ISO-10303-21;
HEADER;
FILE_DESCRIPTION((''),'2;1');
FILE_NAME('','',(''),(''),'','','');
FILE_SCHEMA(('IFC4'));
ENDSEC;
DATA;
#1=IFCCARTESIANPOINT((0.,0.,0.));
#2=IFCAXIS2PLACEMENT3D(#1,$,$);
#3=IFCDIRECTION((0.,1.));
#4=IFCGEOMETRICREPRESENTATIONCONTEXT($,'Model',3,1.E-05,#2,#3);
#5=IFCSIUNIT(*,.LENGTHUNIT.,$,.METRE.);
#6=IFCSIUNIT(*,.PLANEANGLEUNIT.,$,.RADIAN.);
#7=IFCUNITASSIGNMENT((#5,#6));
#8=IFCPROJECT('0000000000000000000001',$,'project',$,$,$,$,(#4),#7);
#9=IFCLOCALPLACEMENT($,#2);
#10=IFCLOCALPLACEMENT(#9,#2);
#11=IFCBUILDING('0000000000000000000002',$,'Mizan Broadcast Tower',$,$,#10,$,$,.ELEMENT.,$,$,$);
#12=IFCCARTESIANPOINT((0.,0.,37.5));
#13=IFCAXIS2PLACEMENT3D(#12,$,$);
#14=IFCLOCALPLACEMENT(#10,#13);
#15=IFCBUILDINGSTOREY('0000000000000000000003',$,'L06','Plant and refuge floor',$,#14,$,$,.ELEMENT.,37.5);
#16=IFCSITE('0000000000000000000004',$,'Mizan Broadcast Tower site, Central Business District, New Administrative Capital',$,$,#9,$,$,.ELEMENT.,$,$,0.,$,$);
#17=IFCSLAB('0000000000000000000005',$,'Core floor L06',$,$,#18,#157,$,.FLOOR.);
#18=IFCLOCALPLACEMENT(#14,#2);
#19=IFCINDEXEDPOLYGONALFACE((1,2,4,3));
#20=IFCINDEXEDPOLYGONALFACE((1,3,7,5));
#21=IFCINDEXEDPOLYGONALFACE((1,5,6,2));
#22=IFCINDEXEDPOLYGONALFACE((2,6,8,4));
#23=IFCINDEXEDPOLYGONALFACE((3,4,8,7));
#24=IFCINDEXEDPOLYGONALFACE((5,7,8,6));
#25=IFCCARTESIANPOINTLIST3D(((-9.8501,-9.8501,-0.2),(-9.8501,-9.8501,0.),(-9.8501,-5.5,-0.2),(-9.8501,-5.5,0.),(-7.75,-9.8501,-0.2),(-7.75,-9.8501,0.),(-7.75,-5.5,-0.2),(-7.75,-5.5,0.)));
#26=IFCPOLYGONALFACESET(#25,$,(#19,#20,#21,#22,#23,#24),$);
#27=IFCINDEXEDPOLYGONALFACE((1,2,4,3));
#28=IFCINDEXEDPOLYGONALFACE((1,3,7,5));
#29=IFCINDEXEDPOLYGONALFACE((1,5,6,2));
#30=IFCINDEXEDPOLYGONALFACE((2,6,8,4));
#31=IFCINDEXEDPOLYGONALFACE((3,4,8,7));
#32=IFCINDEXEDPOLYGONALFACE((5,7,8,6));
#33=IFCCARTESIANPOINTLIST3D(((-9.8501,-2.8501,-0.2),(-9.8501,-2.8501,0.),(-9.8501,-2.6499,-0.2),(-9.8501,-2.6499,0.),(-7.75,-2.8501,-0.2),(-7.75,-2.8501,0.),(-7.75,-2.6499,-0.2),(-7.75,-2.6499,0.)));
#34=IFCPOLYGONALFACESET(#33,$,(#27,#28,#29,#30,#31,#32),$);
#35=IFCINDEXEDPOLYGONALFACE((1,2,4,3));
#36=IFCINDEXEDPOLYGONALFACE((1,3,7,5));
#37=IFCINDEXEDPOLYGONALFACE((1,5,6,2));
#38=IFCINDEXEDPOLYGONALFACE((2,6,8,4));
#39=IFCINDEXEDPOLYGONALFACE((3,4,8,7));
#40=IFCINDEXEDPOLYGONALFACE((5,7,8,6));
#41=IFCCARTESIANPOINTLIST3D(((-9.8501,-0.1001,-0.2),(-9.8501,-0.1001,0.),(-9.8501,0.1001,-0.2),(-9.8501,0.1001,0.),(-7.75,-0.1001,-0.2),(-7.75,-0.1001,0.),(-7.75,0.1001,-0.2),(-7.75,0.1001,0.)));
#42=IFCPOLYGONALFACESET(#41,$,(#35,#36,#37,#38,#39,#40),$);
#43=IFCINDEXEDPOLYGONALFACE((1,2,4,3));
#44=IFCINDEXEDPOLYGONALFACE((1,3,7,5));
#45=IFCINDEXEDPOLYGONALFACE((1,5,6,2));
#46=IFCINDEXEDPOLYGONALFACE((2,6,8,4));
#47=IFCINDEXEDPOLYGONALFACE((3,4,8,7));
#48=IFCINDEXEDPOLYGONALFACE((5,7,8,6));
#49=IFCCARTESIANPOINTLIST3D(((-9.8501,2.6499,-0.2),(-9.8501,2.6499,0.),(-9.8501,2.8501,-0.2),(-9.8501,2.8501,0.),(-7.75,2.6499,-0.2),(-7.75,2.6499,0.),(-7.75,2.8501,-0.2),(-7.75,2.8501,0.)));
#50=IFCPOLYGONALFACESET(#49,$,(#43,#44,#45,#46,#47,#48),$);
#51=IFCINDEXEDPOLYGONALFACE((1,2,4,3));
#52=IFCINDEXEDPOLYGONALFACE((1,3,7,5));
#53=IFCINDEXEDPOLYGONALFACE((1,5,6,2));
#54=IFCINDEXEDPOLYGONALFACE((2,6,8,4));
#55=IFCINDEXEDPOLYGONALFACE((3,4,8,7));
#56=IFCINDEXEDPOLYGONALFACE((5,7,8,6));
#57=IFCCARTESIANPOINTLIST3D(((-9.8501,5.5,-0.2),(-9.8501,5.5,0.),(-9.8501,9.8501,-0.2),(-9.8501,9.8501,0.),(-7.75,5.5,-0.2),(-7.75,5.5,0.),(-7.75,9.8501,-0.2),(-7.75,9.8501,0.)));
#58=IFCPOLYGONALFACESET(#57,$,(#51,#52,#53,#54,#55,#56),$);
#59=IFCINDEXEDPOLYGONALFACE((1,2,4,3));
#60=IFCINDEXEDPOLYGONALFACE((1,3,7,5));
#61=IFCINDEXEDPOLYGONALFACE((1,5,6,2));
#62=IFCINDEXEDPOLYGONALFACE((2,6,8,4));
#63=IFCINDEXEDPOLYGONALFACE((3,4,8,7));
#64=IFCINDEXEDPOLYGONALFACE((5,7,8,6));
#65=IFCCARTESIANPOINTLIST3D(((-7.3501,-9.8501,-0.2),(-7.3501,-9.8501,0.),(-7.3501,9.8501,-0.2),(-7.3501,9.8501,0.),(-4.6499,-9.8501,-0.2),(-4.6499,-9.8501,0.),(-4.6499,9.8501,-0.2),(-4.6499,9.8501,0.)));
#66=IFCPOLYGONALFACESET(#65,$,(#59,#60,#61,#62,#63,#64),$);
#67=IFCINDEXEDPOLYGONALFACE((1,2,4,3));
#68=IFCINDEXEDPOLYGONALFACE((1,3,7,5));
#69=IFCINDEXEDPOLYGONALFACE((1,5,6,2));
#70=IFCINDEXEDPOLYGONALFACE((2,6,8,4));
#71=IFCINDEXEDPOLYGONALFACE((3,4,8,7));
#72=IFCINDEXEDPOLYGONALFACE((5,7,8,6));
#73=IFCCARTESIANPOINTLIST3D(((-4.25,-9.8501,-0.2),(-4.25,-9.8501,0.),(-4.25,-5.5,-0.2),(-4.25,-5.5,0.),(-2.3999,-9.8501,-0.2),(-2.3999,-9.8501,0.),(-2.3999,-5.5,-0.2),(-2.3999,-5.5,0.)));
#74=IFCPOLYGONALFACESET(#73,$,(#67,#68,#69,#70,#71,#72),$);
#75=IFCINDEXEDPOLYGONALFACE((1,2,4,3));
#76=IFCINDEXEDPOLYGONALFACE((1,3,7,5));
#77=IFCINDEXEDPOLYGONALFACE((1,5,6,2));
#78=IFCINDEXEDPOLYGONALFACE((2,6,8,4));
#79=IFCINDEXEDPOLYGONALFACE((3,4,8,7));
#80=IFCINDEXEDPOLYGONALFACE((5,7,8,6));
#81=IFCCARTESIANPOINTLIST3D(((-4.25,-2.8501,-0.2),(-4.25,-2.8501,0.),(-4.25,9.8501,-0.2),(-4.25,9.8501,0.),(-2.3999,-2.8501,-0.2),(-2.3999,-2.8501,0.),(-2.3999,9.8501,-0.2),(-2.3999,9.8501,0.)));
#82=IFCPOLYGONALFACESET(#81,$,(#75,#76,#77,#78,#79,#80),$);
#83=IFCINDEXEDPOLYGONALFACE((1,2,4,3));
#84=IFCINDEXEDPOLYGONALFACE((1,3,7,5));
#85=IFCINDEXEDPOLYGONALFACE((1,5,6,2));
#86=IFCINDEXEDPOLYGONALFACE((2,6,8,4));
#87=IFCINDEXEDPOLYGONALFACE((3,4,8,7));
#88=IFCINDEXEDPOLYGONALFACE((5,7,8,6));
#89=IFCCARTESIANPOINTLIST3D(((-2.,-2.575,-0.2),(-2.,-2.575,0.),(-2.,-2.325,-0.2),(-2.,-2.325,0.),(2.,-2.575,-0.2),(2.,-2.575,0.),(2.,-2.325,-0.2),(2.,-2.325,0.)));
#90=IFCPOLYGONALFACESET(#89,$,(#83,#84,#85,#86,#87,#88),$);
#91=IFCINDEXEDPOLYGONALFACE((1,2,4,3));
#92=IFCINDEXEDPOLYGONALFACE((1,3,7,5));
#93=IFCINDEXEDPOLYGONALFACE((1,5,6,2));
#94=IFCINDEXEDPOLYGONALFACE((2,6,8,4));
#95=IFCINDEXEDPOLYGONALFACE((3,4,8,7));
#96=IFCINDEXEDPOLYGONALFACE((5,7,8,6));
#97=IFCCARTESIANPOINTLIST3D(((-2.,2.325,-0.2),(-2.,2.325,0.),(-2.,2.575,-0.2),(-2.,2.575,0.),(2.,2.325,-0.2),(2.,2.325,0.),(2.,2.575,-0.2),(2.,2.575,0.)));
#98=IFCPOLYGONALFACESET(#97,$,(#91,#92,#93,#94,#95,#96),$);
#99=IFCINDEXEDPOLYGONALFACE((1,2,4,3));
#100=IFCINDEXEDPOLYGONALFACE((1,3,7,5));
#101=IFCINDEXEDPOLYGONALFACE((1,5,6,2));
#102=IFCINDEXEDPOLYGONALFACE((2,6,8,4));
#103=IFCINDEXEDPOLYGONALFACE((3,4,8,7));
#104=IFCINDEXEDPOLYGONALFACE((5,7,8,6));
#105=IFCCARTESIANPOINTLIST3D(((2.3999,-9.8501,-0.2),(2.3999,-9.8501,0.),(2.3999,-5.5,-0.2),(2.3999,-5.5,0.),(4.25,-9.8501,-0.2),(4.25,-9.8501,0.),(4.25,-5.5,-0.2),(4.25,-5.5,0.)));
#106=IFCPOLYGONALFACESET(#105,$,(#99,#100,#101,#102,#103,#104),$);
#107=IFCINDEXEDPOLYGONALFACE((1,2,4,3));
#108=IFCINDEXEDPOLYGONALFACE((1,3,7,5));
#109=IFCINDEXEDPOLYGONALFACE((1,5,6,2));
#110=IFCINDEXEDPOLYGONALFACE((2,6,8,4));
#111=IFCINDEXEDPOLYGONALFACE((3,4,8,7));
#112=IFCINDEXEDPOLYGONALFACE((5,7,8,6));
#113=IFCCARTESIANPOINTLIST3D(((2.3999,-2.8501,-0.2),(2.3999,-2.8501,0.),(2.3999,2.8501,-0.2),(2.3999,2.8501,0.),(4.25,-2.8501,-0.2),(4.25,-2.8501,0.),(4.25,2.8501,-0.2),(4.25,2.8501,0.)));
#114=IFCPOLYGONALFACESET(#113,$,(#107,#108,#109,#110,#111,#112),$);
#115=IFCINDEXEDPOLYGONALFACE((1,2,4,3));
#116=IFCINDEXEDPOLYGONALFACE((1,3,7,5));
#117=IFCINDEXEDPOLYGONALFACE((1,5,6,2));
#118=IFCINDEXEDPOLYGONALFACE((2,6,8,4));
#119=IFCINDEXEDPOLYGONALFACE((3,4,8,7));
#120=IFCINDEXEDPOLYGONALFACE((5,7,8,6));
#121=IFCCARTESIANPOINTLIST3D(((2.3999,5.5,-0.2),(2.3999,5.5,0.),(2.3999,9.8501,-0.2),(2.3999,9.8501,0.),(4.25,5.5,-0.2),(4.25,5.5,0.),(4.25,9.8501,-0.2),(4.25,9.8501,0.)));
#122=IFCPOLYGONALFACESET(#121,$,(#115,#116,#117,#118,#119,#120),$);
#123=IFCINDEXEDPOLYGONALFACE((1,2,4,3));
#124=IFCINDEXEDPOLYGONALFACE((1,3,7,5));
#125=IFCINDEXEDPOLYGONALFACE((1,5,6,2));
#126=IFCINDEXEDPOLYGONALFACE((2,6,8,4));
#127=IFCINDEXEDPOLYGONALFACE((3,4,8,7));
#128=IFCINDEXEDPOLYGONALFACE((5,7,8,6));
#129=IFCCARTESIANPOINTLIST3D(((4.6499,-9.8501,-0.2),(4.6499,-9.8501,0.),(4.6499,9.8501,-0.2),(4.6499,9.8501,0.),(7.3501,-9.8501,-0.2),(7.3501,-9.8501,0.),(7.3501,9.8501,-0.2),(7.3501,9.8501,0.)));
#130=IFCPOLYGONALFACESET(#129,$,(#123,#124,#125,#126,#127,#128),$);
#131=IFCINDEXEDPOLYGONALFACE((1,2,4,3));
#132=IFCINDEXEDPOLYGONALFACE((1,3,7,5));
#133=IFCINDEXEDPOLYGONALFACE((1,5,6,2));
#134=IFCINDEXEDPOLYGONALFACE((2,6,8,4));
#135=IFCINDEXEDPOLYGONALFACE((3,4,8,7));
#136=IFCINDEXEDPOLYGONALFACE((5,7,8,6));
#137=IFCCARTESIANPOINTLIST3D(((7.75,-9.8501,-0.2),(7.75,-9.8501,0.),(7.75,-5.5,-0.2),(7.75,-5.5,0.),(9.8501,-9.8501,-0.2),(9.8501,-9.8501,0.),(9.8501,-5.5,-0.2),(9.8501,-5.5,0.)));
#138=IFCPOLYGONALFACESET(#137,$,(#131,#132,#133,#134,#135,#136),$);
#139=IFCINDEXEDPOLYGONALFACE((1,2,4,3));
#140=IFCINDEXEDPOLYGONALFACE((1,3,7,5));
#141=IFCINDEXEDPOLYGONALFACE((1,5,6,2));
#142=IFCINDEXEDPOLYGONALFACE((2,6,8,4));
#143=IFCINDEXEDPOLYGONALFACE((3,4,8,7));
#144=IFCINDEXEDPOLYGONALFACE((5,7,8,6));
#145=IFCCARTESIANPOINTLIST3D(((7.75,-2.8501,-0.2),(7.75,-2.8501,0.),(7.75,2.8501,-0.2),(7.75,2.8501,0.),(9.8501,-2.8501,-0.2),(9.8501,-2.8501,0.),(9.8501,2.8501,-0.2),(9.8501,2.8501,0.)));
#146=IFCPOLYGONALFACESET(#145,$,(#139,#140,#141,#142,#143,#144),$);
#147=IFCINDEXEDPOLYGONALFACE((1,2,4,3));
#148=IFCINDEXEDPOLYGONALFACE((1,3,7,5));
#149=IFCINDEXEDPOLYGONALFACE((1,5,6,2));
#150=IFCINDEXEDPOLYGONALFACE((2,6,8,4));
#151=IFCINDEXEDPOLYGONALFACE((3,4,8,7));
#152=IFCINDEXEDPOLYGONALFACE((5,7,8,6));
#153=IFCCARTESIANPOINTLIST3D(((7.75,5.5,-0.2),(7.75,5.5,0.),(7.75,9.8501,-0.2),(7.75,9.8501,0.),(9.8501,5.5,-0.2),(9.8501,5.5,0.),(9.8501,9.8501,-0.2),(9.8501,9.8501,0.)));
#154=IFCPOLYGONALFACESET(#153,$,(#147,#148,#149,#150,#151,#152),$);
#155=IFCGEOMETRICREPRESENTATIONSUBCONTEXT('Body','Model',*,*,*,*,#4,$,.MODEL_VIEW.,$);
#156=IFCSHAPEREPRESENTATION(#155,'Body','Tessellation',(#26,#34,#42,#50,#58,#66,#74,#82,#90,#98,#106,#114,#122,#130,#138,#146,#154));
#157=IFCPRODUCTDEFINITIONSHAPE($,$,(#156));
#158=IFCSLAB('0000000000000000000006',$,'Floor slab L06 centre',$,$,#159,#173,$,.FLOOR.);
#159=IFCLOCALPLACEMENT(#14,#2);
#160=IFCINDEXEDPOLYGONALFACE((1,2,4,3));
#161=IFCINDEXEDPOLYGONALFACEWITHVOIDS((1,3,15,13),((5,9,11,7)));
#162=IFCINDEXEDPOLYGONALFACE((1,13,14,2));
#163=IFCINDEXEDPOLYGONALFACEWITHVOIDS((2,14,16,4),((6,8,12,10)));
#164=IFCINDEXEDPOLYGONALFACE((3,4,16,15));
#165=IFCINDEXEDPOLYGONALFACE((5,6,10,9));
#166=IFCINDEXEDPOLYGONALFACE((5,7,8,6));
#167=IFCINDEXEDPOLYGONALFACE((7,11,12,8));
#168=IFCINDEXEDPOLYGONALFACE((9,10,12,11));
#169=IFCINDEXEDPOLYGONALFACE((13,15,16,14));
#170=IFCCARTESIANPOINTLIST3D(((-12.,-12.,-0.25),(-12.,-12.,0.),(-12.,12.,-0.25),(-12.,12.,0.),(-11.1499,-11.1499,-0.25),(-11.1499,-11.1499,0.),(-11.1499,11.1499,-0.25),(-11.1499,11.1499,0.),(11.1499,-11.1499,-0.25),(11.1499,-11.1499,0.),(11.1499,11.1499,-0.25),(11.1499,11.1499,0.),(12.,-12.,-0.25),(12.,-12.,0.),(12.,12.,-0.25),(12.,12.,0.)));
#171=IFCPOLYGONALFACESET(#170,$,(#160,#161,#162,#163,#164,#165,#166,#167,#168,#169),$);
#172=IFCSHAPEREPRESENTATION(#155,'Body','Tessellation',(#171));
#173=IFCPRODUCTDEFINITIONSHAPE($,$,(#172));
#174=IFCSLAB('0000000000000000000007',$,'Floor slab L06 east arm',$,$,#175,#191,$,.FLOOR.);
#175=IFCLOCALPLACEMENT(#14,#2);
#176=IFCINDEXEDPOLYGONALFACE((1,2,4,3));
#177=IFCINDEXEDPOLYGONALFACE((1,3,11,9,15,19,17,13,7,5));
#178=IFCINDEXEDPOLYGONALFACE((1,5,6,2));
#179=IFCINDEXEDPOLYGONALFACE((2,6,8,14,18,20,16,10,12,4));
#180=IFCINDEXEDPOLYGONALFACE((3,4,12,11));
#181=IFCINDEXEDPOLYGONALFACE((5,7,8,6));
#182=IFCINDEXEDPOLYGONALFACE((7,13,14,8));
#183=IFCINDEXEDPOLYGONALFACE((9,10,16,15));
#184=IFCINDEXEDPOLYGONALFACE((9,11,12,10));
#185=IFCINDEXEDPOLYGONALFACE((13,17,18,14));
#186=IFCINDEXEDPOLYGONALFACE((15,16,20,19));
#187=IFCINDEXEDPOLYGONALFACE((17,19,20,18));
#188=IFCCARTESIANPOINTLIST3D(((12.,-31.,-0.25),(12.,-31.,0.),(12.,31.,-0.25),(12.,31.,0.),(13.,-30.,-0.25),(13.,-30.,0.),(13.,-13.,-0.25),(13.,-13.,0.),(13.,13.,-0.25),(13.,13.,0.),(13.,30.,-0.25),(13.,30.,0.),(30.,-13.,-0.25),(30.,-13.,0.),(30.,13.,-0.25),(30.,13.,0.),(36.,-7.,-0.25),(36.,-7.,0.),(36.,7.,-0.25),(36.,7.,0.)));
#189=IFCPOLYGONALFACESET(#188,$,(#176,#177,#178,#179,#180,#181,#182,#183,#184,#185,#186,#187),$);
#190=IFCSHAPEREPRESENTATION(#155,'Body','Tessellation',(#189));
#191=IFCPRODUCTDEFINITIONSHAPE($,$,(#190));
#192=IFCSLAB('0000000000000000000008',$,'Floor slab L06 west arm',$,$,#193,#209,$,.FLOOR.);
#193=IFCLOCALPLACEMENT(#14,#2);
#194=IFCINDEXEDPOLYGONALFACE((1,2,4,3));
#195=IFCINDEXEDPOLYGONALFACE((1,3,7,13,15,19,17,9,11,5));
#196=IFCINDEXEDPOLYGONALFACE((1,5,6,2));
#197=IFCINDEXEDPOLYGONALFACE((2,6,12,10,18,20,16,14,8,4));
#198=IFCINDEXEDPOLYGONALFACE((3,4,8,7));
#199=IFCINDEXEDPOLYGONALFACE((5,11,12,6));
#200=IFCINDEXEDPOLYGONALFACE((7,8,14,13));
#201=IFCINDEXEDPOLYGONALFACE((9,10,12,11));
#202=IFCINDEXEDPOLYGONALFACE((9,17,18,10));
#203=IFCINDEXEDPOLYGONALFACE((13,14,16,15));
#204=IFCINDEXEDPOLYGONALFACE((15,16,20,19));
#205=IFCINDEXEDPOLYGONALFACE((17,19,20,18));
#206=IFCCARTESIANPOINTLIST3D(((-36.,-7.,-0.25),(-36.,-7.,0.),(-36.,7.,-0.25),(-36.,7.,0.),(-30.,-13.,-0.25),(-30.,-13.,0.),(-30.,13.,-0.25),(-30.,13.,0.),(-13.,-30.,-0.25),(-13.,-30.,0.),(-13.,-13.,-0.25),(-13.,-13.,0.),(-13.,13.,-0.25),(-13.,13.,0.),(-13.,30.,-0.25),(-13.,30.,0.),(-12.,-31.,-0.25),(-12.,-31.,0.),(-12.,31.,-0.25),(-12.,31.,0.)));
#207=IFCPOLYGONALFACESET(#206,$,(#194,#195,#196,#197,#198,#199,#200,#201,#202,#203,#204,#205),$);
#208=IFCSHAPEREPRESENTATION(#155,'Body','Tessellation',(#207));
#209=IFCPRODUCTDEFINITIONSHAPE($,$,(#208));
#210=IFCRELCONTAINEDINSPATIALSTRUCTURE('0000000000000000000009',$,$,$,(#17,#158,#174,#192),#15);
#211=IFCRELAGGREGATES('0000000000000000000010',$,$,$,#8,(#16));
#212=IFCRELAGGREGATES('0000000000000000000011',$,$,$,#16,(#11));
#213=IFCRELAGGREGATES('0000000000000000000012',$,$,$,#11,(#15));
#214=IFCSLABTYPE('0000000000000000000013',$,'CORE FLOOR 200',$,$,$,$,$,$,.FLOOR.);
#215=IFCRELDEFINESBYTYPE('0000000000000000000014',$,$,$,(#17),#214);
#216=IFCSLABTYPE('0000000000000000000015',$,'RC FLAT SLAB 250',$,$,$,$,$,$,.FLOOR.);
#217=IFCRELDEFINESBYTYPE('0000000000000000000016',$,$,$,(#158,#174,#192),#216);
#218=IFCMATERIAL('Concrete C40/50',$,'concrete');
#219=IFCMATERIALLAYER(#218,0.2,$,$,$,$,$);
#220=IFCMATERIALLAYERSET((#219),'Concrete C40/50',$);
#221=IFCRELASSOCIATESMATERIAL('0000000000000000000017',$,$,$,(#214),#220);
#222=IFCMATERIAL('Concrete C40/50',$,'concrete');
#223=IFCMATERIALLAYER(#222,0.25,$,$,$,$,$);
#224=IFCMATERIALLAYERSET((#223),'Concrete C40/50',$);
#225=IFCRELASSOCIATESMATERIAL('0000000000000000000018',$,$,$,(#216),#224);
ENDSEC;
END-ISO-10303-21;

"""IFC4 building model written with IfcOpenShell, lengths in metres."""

from ifc_helpers import new_model, si_unit, direction, frame, origin, place, context, subcontext, project, spatial, polyline, outline, extrude, material, layer, layer_set, type_object, element, save


model = new_model("IFC4")

# Units and contexts
model_context = context("Model", 3, precision=1e-05, world=origin(), true_north=direction((0.0, 1.0)))
body_context = subcontext(model_context, "Body", "Model", "MODEL_VIEW")
ifc_project = project(units=[si_unit("LENGTHUNIT", "METRE"), si_unit("PLANEANGLEUNIT", "RADIAN")], contexts=[model_context])

# Site, building, storey
site_placement = place(None, origin())
site = spatial("IfcSite", under=ifc_project, at=site_placement, Name="Mizan Broadcast Tower site, Central Business District, New Administrative Capital", CompositionType="ELEMENT", RefElevation=0.0)
building_placement = place(site_placement, origin())
building = spatial("IfcBuilding", under=site, at=building_placement, Name="Mizan Broadcast Tower", CompositionType="ELEMENT")
storey_placement = place(building_placement, frame((0.0, 0.0, 37.5)))
storey = spatial("IfcBuildingStorey", under=building, at=storey_placement, Name="L06", Description="Plant and refuge floor", CompositionType="ELEMENT", Elevation=37.5)

# Slabs
ifc_material_1 = material(Name="Concrete C40/50", Category="concrete")
ifc_layer_1 = layer(ifc_material_1, 0.2)
ifc_layer_set_1 = layer_set([ifc_layer_1], Name="Concrete C40/50")
slab_type_1 = type_object("IfcSlabType", Name="CORE FLOOR 200", PredefinedType="FLOOR", material=ifc_layer_set_1)
slab_1_placement = place(storey_placement, frame((0.0, 0.0, -0.2)))
element("IfcSlab", 1, at=slab_1_placement, inside=storey, type_object=slab_type_1, Name="Core floor L06", PredefinedType="FLOOR", context=body_context, shape_type="SweptSolid", body=[
    extrude(outline(polyline([(-9.8501, -9.8501), (-7.75, -9.8501), (-7.75, -5.5), (-9.8501, -5.5), (-9.8501, -9.8501)])), origin(), (0.0, 0.0, 1.0), 0.2),
    extrude(outline(polyline([(-9.8501, -2.8501), (-7.75, -2.8501), (-7.75, -2.6499), (-9.8501, -2.6499), (-9.8501, -2.8501)])), origin(), (0.0, 0.0, 1.0), 0.2),
    extrude(outline(polyline([(-9.8501, -0.1001), (-7.75, -0.1001), (-7.75, 0.1001), (-9.8501, 0.1001), (-9.8501, -0.1001)])), origin(), (0.0, 0.0, 1.0), 0.2),
    extrude(outline(polyline([(-9.8501, 2.6499), (-7.75, 2.6499), (-7.75, 2.8501), (-9.8501, 2.8501), (-9.8501, 2.6499)])), origin(), (0.0, 0.0, 1.0), 0.2),
    extrude(outline(polyline([(-9.8501, 5.5), (-7.75, 5.5), (-7.75, 9.8501), (-9.8501, 9.8501), (-9.8501, 5.5)])), origin(), (0.0, 0.0, 1.0), 0.2),
    extrude(outline(polyline([(-4.6499, 9.8501), (-7.3501, 9.8501), (-7.3501, -9.8501), (-4.6499, -9.8501), (-4.6499, 9.8501)])), origin(), (0.0, 0.0, 1.0), 0.2),
    extrude(outline(polyline([(-4.25, -5.5), (-4.25, -9.8501), (-2.3999, -9.8501), (-2.3999, -5.5), (-4.25, -5.5)])), origin(), (0.0, 0.0, 1.0), 0.2),
    extrude(outline(polyline([(-4.25, -2.8501), (-2.3999, -2.8501), (-2.3999, 9.8501), (-4.25, 9.8501), (-4.25, -2.8501)])), origin(), (0.0, 0.0, 1.0), 0.2),
    extrude(outline(polyline([(2.0, -2.325), (-2.0, -2.325), (-2.0, -2.575), (2.0, -2.575), (2.0, -2.325)])), origin(), (0.0, 0.0, 1.0), 0.2),
    extrude(outline(polyline([(2.0, 2.575), (-2.0, 2.575), (-2.0, 2.325), (2.0, 2.325), (2.0, 2.575)])), origin(), (0.0, 0.0, 1.0), 0.2),
    extrude(outline(polyline([(4.25, -9.8501), (4.25, -5.5), (2.3999, -5.5), (2.3999, -9.8501), (4.25, -9.8501)])), origin(), (0.0, 0.0, 1.0), 0.2),
    extrude(outline(polyline([(4.25, -2.8501), (4.25, 2.8501), (2.3999, 2.8501), (2.3999, -2.8501), (4.25, -2.8501)])), origin(), (0.0, 0.0, 1.0), 0.2),
    extrude(outline(polyline([(4.25, 5.5), (4.25, 9.8501), (2.3999, 9.8501), (2.3999, 5.5), (4.25, 5.5)])), origin(), (0.0, 0.0, 1.0), 0.2),
    extrude(outline(polyline([(4.6499, 9.8501), (4.6499, -9.8501), (7.3501, -9.8501), (7.3501, 9.8501), (4.6499, 9.8501)])), origin(), (0.0, 0.0, 1.0), 0.2),
    extrude(outline(polyline([(9.8501, -9.8501), (9.8501, -5.5), (7.75, -5.5), (7.75, -9.8501), (9.8501, -9.8501)])), origin(), (0.0, 0.0, 1.0), 0.2),
    extrude(outline(polyline([(7.75, 2.8501), (7.75, -2.8501), (9.8501, -2.8501), (9.8501, 2.8501), (7.75, 2.8501)])), origin(), (0.0, 0.0, 1.0), 0.2),
    extrude(outline(polyline([(9.8501, 5.5), (9.8501, 9.8501), (7.75, 9.8501), (7.75, 5.5), (9.8501, 5.5)])), origin(), (0.0, 0.0, 1.0), 0.2),
])
ifc_material_2 = material(Name="Concrete C40/50", Category="concrete")
ifc_layer_2 = layer(ifc_material_2, 0.25)
ifc_layer_set_2 = layer_set([ifc_layer_2], Name="Concrete C40/50")
slab_type_2 = type_object("IfcSlabType", Name="RC FLAT SLAB 250", PredefinedType="FLOOR", material=ifc_layer_set_2)
slab_2_placement = place(storey_placement, frame((0.0, 0.0, -0.25)))
element("IfcSlab", 2, at=slab_2_placement, inside=storey, type_object=slab_type_2, Name="Floor slab L06 centre", PredefinedType="FLOOR", context=body_context, shape_type="SweptSolid", body=[
    extrude(outline(polyline([(-12.0, -12.0), (12.0, -12.0), (12.0, 12.0), (-12.0, 12.0), (-12.0, -12.0)]), holes=[polyline([(-11.1499, 11.1499), (11.1499, 11.1499), (11.1499, -11.1499), (-11.1499, -11.1499), (-11.1499, 11.1499)])]), origin(), (0.0, 0.0, 1.0), 0.25),
])
slab_3_placement = place(storey_placement, frame((0.0, 0.0, -0.25)))
element("IfcSlab", 3, at=slab_3_placement, inside=storey, type_object=slab_type_2, Name="Floor slab L06 east arm", PredefinedType="FLOOR", context=body_context, shape_type="SweptSolid", body=[
    extrude(outline(polyline([(12.0, -31.0), (13.0, -30.0), (13.0, -13.0), (30.0, -13.0), (36.0, -7.0), (36.0, 7.0), (30.0, 13.0), (13.0, 13.0), (13.0, 30.0), (12.0, 31.0), (12.0, -31.0)])), origin(), (0.0, 0.0, 1.0), 0.25),
])
slab_4_placement = place(storey_placement, frame((0.0, 0.0, -0.25)))
element("IfcSlab", 4, at=slab_4_placement, inside=storey, type_object=slab_type_2, Name="Floor slab L06 west arm", PredefinedType="FLOOR", context=body_context, shape_type="SweptSolid", body=[
    extrude(outline(polyline([(-13.0, -30.0), (-12.0, -31.0), (-12.0, 31.0), (-13.0, 30.0), (-13.0, 13.0), (-30.0, 13.0), (-36.0, 7.0), (-36.0, -7.0), (-30.0, -13.0), (-13.0, -13.0), (-13.0, -30.0)])), origin(), (0.0, 0.0, 1.0), 0.25),
])

save(model, "model.ifc")
